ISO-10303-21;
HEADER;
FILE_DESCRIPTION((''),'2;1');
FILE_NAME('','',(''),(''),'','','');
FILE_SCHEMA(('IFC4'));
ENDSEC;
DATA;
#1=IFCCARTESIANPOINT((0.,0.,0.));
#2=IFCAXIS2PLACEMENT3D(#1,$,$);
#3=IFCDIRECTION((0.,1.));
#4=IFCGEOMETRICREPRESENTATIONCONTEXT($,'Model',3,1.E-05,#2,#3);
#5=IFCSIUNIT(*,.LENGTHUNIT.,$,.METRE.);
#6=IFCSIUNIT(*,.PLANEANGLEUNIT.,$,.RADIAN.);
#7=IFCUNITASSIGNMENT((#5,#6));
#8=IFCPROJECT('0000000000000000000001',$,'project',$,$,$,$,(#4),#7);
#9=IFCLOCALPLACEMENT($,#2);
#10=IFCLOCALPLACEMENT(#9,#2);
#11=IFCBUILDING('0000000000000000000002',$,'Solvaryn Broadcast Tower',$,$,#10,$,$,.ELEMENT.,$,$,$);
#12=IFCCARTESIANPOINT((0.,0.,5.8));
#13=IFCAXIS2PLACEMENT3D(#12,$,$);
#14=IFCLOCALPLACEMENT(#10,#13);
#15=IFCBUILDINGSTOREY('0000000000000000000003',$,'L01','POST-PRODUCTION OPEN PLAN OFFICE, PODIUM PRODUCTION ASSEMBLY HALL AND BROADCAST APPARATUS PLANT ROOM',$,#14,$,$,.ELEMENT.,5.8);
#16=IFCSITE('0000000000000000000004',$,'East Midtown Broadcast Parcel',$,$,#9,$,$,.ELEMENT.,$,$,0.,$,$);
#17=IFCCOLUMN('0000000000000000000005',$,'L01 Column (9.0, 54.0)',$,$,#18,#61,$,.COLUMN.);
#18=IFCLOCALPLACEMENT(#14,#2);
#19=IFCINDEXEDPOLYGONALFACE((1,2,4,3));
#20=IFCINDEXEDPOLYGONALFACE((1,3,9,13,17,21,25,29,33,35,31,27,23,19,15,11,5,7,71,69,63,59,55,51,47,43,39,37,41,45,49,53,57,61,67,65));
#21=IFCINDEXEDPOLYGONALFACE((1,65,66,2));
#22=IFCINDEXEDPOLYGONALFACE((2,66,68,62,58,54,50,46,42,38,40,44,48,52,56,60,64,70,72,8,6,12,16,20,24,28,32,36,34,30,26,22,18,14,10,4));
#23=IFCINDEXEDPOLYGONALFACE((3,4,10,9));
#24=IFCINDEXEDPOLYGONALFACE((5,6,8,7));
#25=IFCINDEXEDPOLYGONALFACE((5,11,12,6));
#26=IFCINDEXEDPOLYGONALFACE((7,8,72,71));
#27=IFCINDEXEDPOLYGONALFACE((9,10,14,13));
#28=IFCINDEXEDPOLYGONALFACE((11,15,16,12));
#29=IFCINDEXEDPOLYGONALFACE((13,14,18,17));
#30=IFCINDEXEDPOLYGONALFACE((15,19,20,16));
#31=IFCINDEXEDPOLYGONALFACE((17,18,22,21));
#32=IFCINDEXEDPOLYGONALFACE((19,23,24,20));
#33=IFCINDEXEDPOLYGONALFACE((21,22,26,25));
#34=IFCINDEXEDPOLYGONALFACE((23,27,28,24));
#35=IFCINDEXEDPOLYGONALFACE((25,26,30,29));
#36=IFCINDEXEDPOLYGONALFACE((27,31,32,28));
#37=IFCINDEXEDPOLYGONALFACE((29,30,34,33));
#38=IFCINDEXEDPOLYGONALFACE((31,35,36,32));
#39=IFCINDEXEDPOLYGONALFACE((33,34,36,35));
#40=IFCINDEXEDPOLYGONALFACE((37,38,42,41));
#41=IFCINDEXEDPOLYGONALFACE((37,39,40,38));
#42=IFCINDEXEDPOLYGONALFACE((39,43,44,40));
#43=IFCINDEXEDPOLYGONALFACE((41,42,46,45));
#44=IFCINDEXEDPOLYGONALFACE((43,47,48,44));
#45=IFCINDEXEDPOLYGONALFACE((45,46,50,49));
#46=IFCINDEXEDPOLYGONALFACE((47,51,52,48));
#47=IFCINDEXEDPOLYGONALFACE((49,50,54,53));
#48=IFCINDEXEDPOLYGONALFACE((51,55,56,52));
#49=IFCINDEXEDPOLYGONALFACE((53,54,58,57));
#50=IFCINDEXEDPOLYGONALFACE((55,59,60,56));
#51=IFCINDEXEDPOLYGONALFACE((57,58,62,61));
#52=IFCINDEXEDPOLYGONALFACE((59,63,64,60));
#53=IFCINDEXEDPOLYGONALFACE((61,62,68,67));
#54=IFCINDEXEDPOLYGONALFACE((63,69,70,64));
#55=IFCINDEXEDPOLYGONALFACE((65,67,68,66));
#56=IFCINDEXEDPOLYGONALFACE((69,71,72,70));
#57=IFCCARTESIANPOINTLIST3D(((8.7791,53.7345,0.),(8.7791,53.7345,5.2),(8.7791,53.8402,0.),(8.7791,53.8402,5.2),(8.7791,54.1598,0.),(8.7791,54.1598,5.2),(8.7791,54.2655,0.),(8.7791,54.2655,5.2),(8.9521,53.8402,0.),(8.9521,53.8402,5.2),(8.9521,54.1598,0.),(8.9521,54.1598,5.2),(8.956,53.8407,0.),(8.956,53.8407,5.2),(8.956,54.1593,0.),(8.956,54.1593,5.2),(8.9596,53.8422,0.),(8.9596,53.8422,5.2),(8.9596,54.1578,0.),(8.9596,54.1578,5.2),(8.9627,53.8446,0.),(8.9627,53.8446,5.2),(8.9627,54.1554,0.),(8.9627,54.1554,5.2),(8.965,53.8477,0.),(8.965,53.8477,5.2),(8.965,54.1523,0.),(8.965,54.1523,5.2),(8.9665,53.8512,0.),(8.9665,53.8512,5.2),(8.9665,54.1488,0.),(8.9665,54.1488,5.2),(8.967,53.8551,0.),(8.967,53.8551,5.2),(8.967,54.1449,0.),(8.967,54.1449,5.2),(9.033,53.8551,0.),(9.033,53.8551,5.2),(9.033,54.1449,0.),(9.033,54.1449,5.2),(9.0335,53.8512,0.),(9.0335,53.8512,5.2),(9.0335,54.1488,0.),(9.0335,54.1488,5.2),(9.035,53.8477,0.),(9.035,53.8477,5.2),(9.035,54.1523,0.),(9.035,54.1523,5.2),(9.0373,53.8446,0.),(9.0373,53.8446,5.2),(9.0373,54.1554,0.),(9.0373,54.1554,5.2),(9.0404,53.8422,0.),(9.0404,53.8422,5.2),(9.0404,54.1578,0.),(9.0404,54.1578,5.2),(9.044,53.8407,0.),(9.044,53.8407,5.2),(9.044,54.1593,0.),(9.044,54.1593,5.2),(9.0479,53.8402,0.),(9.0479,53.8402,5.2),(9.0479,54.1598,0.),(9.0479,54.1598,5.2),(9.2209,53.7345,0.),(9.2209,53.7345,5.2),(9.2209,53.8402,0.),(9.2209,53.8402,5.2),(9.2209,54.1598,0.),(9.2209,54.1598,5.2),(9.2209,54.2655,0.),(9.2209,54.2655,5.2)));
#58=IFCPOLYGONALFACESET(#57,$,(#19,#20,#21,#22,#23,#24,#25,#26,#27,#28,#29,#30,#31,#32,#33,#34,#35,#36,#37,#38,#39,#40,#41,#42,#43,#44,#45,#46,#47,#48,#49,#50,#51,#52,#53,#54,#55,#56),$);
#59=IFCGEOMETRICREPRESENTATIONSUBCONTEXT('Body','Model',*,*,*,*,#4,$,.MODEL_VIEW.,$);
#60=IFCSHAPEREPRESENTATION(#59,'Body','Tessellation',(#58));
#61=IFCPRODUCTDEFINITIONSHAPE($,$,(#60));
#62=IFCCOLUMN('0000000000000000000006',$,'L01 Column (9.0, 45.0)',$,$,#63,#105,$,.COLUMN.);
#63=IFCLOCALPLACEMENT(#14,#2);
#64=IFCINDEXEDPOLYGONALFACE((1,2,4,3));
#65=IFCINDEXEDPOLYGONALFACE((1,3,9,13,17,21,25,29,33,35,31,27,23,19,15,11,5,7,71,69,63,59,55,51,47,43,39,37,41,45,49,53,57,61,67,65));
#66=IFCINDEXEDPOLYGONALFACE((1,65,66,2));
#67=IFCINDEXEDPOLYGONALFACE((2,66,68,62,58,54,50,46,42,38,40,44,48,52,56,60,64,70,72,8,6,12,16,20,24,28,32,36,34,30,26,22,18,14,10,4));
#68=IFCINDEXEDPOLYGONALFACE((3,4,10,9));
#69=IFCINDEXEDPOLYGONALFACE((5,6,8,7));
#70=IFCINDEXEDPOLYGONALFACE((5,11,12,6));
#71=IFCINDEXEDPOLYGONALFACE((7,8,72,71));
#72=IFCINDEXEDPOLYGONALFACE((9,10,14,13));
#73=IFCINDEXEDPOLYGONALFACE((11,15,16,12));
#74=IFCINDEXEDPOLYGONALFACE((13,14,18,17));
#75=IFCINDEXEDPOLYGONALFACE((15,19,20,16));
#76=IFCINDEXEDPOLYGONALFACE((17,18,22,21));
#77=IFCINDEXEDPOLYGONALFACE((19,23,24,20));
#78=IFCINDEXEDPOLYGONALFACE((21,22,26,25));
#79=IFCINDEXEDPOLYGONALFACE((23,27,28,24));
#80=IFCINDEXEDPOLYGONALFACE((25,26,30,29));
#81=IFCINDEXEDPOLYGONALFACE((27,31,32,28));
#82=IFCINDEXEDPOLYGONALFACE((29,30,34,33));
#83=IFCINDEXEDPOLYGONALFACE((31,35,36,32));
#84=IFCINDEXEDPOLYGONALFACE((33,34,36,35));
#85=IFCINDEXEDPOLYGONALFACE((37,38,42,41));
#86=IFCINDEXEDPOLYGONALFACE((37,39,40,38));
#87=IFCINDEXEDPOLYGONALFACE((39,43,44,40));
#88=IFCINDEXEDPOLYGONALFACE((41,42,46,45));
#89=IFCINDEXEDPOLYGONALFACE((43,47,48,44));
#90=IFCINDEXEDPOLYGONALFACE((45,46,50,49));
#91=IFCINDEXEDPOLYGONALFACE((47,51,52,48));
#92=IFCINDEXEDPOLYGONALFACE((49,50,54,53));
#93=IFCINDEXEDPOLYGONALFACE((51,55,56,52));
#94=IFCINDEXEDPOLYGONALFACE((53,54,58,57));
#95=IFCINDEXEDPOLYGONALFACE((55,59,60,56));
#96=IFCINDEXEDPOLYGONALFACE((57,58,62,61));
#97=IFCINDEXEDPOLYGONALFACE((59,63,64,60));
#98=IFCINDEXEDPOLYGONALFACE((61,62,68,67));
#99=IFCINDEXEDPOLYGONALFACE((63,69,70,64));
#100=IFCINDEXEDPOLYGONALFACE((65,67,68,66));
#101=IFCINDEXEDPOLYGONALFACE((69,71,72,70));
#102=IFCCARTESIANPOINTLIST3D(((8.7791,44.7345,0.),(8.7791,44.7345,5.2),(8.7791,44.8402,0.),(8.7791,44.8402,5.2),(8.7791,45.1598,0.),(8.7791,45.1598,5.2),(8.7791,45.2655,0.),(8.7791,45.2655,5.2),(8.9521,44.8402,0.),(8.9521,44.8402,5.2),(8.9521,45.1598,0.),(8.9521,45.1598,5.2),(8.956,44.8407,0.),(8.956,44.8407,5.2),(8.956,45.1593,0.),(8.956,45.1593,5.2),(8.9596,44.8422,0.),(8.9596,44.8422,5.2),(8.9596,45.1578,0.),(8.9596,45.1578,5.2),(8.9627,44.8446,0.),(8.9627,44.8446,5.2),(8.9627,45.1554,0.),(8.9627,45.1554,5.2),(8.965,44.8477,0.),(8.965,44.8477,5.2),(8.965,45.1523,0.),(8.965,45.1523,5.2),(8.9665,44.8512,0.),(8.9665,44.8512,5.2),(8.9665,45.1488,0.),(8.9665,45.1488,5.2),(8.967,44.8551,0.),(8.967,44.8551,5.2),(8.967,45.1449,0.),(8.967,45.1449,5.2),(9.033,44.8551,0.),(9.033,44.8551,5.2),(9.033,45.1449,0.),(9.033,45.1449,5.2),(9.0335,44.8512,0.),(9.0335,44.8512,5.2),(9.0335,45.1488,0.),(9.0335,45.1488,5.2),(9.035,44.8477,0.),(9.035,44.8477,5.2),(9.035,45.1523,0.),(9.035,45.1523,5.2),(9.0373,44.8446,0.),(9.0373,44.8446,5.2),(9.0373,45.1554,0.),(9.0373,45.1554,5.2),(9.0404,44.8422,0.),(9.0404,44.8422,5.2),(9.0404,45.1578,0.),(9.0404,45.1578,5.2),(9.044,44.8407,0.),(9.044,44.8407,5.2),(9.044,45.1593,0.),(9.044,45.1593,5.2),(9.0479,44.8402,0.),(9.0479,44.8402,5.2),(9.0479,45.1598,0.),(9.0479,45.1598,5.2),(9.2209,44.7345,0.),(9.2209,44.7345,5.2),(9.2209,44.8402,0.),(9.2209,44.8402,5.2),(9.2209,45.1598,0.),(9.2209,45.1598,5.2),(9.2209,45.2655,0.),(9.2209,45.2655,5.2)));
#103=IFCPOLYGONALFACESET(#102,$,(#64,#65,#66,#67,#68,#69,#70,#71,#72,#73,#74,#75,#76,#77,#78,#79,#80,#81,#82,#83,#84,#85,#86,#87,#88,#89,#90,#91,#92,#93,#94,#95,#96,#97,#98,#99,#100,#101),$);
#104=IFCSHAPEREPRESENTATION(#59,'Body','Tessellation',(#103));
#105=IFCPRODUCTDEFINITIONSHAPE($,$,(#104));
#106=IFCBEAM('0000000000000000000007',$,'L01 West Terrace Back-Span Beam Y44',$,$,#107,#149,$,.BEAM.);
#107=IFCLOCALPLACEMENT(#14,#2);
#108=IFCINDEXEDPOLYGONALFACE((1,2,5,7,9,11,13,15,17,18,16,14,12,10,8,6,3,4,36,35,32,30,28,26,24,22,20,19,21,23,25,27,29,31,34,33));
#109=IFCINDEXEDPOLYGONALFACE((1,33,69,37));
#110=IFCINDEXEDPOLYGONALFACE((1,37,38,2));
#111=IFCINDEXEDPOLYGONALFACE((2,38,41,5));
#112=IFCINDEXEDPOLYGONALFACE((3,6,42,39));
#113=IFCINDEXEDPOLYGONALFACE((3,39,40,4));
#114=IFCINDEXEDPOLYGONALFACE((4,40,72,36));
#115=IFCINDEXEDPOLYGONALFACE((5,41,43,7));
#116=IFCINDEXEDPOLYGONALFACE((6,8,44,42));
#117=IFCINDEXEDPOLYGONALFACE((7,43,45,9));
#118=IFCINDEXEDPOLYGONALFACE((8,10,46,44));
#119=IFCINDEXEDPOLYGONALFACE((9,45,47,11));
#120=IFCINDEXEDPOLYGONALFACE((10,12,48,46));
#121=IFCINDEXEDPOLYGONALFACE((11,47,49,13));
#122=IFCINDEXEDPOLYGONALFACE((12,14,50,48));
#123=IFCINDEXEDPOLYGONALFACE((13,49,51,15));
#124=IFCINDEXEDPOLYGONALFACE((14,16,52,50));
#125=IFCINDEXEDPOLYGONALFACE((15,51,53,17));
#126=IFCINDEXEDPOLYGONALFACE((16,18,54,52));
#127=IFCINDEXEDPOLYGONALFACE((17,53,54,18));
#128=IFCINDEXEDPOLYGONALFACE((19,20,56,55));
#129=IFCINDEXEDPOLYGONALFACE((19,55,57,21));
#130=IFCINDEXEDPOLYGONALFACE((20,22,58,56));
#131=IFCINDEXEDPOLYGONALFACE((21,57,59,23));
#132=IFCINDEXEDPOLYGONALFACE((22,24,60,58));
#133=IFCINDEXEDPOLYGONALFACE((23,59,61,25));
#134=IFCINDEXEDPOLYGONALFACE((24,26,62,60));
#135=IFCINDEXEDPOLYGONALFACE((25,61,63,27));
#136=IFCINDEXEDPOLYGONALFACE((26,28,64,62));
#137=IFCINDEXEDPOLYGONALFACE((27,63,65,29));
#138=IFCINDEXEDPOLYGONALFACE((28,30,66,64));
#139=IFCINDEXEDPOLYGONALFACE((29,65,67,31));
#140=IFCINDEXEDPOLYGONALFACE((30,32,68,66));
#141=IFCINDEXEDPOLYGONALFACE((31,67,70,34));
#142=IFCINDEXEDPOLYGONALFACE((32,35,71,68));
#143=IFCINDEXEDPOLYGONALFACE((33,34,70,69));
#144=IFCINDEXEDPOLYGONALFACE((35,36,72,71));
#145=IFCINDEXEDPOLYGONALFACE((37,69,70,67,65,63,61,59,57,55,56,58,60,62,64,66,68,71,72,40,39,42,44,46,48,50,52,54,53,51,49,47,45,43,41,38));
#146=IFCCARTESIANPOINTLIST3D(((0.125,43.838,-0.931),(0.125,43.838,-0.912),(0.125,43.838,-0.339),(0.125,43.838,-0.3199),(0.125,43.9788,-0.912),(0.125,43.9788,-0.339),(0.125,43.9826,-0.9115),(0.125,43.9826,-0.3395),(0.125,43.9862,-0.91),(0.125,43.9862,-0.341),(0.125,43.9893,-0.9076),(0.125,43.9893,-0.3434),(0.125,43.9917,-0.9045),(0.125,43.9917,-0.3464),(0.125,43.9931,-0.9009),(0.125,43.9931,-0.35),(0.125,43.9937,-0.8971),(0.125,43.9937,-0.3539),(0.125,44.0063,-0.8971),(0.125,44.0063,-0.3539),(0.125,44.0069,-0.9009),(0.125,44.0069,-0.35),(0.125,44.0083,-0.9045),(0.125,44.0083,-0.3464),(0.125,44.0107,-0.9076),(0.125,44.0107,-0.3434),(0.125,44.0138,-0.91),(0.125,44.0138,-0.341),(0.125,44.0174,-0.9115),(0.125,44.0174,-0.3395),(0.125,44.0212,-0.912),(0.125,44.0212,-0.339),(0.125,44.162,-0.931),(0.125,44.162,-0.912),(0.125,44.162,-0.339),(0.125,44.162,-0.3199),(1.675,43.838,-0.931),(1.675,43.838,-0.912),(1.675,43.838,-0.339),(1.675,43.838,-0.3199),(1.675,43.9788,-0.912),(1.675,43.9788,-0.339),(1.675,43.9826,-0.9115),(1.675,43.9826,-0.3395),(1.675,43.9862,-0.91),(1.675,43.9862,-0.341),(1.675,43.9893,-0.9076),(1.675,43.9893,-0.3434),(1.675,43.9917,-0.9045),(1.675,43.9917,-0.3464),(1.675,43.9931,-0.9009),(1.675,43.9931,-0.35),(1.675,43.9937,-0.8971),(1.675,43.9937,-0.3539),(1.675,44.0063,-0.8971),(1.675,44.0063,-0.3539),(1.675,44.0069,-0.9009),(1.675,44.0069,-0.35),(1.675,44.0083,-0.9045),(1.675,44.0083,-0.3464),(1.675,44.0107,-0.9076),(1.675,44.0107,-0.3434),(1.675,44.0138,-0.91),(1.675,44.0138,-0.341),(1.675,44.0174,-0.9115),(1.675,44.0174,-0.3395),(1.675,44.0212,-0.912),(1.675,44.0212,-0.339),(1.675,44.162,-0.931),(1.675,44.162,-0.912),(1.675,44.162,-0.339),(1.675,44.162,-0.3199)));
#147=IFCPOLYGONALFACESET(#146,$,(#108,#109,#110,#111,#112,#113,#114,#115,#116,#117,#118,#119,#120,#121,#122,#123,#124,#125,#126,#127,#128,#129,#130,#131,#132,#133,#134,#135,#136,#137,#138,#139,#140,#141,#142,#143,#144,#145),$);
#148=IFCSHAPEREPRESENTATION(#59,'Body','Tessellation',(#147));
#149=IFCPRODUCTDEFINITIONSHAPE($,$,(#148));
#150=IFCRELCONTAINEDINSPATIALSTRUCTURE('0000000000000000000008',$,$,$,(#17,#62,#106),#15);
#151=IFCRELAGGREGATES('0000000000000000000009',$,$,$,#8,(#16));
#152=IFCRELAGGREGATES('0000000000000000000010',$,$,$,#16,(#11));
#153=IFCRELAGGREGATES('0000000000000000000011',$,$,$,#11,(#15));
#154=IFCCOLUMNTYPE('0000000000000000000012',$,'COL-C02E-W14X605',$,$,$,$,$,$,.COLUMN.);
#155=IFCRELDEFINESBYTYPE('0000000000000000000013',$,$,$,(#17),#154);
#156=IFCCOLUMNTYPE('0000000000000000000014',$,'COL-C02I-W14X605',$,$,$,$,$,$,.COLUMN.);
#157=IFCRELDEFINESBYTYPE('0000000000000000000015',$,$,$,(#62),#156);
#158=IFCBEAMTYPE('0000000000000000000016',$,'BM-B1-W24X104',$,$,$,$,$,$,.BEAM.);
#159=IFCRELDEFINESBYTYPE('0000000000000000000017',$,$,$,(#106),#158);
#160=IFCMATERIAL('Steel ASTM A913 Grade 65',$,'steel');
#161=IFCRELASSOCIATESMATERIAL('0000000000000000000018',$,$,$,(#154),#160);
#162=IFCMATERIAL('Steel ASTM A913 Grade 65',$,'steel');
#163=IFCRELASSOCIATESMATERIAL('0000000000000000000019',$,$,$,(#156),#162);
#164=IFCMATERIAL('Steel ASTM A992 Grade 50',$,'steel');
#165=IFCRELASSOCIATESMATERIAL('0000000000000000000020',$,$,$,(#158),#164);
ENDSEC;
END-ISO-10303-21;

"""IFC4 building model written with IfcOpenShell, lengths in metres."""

from ifc_helpers import new_model, si_unit, direction, frame, origin, origin_2d, place, context, subcontext, project, spatial, i_section, extrude, material, material_profile, profile_set, type_object, element, save


model = new_model("IFC4")

# Units and contexts
model_context = context("Model", 3, precision=1e-05, world=origin(), true_north=direction((0.0, 1.0)))
body_context = subcontext(model_context, "Body", "Model", "MODEL_VIEW")
ifc_project = project(units=[si_unit("LENGTHUNIT", "METRE"), si_unit("PLANEANGLEUNIT", "RADIAN")], contexts=[model_context])

# Site, building, storey
site_placement = place(None, origin())
site = spatial("IfcSite", under=ifc_project, at=site_placement, Name="East Midtown Broadcast Parcel", CompositionType="ELEMENT", RefElevation=0.0)
building_placement = place(site_placement, origin())
building = spatial("IfcBuilding", under=site, at=building_placement, Name="Solvaryn Broadcast Tower", CompositionType="ELEMENT")
storey_placement = place(building_placement, frame((0.0, 0.0, 5.8)))
storey = spatial("IfcBuildingStorey", under=building, at=storey_placement, Name="L01", Description="POST-PRODUCTION OPEN PLAN OFFICE, PODIUM PRODUCTION ASSEMBLY HALL AND BROADCAST APPARATUS PLANT ROOM", CompositionType="ELEMENT", Elevation=5.8)

# Columns
ifc_material_1 = material(Name="Steel ASTM A913 Grade 65", Category="steel")
ifc_material_profile_1 = material_profile(ifc_material_1, i_section(OverallWidth=0.4419, OverallDepth=0.531, WebThickness=0.0659, FlangeThickness=0.1057, FilletRadius=0.0149, at=origin_2d()))
ifc_profile_set_1 = profile_set([ifc_material_profile_1], Name="Steel ASTM A913 Grade 65")
column_type_1 = type_object("IfcColumnType", Name="COL-C02E-W14X605", PredefinedType="COLUMN", material=ifc_profile_set_1)
column_1_placement = place(storey_placement, frame((9.0, 54.0, 0.0), z_axis=(0.0, 0.0, 1.0), x_axis=(1.0, 0.0, 0.0)))
element("IfcColumn", 1, at=column_1_placement, inside=storey, type_object=column_type_1, Name="L01 Column (9.0, 54.0)", PredefinedType="COLUMN", context=body_context, shape_type="SweptSolid", body=[
    extrude(i_section(OverallWidth=0.4419, OverallDepth=0.531, WebThickness=0.0659, FlangeThickness=0.1057, FilletRadius=0.0149, at=origin_2d()), origin(), (0.0, 0.0, 1.0), 5.2),
])
ifc_material_2 = material(Name="Steel ASTM A913 Grade 65", Category="steel")
ifc_material_profile_2 = material_profile(ifc_material_2, i_section(OverallWidth=0.4419, OverallDepth=0.531, WebThickness=0.0659, FlangeThickness=0.1057, FilletRadius=0.0149, at=origin_2d()))
ifc_profile_set_2 = profile_set([ifc_material_profile_2], Name="Steel ASTM A913 Grade 65")
column_type_2 = type_object("IfcColumnType", Name="COL-C02I-W14X605", PredefinedType="COLUMN", material=ifc_profile_set_2)
column_2_placement = place(storey_placement, frame((9.0, 45.0, 0.0), z_axis=(0.0, 0.0, 1.0), x_axis=(1.0, 0.0, 0.0)))
element("IfcColumn", 2, at=column_2_placement, inside=storey, type_object=column_type_2, Name="L01 Column (9.0, 45.0)", PredefinedType="COLUMN", context=body_context, shape_type="SweptSolid", body=[
    extrude(i_section(OverallWidth=0.4419, OverallDepth=0.531, WebThickness=0.0659, FlangeThickness=0.1057, FilletRadius=0.0149, at=origin_2d()), origin(), (0.0, 0.0, 1.0), 5.2),
])

# Beam
ifc_material_3 = material(Name="Steel ASTM A992 Grade 50", Category="steel")
ifc_material_profile_3 = material_profile(ifc_material_3, i_section(OverallWidth=0.324, OverallDepth=0.6111, WebThickness=0.0127, FlangeThickness=0.019, FilletRadius=0.0149, at=origin_2d()))
ifc_profile_set_3 = profile_set([ifc_material_profile_3], Name="Steel ASTM A992 Grade 50")
beam_type_1 = type_object("IfcBeamType", Name="BM-B1-W24X104", PredefinedType="BEAM", material=ifc_profile_set_3)
beam_1_placement = place(storey_placement, frame((1.675, 44.0, -0.6255), z_axis=(-1.0, 0.0, 0.0), x_axis=(0.0, -1.0, 0.0)))
element("IfcBeam", 3, at=beam_1_placement, inside=storey, type_object=beam_type_1, Name="L01 West Terrace Back-Span Beam Y44", PredefinedType="BEAM", context=body_context, shape_type="SweptSolid", body=[
    extrude(i_section(OverallWidth=0.324, OverallDepth=0.6111, WebThickness=0.0127, FlangeThickness=0.019, FilletRadius=0.0149, at=origin_2d()), origin(), (0.0, 0.0, 1.0), 1.55),
])

save(model, "model.ifc")
